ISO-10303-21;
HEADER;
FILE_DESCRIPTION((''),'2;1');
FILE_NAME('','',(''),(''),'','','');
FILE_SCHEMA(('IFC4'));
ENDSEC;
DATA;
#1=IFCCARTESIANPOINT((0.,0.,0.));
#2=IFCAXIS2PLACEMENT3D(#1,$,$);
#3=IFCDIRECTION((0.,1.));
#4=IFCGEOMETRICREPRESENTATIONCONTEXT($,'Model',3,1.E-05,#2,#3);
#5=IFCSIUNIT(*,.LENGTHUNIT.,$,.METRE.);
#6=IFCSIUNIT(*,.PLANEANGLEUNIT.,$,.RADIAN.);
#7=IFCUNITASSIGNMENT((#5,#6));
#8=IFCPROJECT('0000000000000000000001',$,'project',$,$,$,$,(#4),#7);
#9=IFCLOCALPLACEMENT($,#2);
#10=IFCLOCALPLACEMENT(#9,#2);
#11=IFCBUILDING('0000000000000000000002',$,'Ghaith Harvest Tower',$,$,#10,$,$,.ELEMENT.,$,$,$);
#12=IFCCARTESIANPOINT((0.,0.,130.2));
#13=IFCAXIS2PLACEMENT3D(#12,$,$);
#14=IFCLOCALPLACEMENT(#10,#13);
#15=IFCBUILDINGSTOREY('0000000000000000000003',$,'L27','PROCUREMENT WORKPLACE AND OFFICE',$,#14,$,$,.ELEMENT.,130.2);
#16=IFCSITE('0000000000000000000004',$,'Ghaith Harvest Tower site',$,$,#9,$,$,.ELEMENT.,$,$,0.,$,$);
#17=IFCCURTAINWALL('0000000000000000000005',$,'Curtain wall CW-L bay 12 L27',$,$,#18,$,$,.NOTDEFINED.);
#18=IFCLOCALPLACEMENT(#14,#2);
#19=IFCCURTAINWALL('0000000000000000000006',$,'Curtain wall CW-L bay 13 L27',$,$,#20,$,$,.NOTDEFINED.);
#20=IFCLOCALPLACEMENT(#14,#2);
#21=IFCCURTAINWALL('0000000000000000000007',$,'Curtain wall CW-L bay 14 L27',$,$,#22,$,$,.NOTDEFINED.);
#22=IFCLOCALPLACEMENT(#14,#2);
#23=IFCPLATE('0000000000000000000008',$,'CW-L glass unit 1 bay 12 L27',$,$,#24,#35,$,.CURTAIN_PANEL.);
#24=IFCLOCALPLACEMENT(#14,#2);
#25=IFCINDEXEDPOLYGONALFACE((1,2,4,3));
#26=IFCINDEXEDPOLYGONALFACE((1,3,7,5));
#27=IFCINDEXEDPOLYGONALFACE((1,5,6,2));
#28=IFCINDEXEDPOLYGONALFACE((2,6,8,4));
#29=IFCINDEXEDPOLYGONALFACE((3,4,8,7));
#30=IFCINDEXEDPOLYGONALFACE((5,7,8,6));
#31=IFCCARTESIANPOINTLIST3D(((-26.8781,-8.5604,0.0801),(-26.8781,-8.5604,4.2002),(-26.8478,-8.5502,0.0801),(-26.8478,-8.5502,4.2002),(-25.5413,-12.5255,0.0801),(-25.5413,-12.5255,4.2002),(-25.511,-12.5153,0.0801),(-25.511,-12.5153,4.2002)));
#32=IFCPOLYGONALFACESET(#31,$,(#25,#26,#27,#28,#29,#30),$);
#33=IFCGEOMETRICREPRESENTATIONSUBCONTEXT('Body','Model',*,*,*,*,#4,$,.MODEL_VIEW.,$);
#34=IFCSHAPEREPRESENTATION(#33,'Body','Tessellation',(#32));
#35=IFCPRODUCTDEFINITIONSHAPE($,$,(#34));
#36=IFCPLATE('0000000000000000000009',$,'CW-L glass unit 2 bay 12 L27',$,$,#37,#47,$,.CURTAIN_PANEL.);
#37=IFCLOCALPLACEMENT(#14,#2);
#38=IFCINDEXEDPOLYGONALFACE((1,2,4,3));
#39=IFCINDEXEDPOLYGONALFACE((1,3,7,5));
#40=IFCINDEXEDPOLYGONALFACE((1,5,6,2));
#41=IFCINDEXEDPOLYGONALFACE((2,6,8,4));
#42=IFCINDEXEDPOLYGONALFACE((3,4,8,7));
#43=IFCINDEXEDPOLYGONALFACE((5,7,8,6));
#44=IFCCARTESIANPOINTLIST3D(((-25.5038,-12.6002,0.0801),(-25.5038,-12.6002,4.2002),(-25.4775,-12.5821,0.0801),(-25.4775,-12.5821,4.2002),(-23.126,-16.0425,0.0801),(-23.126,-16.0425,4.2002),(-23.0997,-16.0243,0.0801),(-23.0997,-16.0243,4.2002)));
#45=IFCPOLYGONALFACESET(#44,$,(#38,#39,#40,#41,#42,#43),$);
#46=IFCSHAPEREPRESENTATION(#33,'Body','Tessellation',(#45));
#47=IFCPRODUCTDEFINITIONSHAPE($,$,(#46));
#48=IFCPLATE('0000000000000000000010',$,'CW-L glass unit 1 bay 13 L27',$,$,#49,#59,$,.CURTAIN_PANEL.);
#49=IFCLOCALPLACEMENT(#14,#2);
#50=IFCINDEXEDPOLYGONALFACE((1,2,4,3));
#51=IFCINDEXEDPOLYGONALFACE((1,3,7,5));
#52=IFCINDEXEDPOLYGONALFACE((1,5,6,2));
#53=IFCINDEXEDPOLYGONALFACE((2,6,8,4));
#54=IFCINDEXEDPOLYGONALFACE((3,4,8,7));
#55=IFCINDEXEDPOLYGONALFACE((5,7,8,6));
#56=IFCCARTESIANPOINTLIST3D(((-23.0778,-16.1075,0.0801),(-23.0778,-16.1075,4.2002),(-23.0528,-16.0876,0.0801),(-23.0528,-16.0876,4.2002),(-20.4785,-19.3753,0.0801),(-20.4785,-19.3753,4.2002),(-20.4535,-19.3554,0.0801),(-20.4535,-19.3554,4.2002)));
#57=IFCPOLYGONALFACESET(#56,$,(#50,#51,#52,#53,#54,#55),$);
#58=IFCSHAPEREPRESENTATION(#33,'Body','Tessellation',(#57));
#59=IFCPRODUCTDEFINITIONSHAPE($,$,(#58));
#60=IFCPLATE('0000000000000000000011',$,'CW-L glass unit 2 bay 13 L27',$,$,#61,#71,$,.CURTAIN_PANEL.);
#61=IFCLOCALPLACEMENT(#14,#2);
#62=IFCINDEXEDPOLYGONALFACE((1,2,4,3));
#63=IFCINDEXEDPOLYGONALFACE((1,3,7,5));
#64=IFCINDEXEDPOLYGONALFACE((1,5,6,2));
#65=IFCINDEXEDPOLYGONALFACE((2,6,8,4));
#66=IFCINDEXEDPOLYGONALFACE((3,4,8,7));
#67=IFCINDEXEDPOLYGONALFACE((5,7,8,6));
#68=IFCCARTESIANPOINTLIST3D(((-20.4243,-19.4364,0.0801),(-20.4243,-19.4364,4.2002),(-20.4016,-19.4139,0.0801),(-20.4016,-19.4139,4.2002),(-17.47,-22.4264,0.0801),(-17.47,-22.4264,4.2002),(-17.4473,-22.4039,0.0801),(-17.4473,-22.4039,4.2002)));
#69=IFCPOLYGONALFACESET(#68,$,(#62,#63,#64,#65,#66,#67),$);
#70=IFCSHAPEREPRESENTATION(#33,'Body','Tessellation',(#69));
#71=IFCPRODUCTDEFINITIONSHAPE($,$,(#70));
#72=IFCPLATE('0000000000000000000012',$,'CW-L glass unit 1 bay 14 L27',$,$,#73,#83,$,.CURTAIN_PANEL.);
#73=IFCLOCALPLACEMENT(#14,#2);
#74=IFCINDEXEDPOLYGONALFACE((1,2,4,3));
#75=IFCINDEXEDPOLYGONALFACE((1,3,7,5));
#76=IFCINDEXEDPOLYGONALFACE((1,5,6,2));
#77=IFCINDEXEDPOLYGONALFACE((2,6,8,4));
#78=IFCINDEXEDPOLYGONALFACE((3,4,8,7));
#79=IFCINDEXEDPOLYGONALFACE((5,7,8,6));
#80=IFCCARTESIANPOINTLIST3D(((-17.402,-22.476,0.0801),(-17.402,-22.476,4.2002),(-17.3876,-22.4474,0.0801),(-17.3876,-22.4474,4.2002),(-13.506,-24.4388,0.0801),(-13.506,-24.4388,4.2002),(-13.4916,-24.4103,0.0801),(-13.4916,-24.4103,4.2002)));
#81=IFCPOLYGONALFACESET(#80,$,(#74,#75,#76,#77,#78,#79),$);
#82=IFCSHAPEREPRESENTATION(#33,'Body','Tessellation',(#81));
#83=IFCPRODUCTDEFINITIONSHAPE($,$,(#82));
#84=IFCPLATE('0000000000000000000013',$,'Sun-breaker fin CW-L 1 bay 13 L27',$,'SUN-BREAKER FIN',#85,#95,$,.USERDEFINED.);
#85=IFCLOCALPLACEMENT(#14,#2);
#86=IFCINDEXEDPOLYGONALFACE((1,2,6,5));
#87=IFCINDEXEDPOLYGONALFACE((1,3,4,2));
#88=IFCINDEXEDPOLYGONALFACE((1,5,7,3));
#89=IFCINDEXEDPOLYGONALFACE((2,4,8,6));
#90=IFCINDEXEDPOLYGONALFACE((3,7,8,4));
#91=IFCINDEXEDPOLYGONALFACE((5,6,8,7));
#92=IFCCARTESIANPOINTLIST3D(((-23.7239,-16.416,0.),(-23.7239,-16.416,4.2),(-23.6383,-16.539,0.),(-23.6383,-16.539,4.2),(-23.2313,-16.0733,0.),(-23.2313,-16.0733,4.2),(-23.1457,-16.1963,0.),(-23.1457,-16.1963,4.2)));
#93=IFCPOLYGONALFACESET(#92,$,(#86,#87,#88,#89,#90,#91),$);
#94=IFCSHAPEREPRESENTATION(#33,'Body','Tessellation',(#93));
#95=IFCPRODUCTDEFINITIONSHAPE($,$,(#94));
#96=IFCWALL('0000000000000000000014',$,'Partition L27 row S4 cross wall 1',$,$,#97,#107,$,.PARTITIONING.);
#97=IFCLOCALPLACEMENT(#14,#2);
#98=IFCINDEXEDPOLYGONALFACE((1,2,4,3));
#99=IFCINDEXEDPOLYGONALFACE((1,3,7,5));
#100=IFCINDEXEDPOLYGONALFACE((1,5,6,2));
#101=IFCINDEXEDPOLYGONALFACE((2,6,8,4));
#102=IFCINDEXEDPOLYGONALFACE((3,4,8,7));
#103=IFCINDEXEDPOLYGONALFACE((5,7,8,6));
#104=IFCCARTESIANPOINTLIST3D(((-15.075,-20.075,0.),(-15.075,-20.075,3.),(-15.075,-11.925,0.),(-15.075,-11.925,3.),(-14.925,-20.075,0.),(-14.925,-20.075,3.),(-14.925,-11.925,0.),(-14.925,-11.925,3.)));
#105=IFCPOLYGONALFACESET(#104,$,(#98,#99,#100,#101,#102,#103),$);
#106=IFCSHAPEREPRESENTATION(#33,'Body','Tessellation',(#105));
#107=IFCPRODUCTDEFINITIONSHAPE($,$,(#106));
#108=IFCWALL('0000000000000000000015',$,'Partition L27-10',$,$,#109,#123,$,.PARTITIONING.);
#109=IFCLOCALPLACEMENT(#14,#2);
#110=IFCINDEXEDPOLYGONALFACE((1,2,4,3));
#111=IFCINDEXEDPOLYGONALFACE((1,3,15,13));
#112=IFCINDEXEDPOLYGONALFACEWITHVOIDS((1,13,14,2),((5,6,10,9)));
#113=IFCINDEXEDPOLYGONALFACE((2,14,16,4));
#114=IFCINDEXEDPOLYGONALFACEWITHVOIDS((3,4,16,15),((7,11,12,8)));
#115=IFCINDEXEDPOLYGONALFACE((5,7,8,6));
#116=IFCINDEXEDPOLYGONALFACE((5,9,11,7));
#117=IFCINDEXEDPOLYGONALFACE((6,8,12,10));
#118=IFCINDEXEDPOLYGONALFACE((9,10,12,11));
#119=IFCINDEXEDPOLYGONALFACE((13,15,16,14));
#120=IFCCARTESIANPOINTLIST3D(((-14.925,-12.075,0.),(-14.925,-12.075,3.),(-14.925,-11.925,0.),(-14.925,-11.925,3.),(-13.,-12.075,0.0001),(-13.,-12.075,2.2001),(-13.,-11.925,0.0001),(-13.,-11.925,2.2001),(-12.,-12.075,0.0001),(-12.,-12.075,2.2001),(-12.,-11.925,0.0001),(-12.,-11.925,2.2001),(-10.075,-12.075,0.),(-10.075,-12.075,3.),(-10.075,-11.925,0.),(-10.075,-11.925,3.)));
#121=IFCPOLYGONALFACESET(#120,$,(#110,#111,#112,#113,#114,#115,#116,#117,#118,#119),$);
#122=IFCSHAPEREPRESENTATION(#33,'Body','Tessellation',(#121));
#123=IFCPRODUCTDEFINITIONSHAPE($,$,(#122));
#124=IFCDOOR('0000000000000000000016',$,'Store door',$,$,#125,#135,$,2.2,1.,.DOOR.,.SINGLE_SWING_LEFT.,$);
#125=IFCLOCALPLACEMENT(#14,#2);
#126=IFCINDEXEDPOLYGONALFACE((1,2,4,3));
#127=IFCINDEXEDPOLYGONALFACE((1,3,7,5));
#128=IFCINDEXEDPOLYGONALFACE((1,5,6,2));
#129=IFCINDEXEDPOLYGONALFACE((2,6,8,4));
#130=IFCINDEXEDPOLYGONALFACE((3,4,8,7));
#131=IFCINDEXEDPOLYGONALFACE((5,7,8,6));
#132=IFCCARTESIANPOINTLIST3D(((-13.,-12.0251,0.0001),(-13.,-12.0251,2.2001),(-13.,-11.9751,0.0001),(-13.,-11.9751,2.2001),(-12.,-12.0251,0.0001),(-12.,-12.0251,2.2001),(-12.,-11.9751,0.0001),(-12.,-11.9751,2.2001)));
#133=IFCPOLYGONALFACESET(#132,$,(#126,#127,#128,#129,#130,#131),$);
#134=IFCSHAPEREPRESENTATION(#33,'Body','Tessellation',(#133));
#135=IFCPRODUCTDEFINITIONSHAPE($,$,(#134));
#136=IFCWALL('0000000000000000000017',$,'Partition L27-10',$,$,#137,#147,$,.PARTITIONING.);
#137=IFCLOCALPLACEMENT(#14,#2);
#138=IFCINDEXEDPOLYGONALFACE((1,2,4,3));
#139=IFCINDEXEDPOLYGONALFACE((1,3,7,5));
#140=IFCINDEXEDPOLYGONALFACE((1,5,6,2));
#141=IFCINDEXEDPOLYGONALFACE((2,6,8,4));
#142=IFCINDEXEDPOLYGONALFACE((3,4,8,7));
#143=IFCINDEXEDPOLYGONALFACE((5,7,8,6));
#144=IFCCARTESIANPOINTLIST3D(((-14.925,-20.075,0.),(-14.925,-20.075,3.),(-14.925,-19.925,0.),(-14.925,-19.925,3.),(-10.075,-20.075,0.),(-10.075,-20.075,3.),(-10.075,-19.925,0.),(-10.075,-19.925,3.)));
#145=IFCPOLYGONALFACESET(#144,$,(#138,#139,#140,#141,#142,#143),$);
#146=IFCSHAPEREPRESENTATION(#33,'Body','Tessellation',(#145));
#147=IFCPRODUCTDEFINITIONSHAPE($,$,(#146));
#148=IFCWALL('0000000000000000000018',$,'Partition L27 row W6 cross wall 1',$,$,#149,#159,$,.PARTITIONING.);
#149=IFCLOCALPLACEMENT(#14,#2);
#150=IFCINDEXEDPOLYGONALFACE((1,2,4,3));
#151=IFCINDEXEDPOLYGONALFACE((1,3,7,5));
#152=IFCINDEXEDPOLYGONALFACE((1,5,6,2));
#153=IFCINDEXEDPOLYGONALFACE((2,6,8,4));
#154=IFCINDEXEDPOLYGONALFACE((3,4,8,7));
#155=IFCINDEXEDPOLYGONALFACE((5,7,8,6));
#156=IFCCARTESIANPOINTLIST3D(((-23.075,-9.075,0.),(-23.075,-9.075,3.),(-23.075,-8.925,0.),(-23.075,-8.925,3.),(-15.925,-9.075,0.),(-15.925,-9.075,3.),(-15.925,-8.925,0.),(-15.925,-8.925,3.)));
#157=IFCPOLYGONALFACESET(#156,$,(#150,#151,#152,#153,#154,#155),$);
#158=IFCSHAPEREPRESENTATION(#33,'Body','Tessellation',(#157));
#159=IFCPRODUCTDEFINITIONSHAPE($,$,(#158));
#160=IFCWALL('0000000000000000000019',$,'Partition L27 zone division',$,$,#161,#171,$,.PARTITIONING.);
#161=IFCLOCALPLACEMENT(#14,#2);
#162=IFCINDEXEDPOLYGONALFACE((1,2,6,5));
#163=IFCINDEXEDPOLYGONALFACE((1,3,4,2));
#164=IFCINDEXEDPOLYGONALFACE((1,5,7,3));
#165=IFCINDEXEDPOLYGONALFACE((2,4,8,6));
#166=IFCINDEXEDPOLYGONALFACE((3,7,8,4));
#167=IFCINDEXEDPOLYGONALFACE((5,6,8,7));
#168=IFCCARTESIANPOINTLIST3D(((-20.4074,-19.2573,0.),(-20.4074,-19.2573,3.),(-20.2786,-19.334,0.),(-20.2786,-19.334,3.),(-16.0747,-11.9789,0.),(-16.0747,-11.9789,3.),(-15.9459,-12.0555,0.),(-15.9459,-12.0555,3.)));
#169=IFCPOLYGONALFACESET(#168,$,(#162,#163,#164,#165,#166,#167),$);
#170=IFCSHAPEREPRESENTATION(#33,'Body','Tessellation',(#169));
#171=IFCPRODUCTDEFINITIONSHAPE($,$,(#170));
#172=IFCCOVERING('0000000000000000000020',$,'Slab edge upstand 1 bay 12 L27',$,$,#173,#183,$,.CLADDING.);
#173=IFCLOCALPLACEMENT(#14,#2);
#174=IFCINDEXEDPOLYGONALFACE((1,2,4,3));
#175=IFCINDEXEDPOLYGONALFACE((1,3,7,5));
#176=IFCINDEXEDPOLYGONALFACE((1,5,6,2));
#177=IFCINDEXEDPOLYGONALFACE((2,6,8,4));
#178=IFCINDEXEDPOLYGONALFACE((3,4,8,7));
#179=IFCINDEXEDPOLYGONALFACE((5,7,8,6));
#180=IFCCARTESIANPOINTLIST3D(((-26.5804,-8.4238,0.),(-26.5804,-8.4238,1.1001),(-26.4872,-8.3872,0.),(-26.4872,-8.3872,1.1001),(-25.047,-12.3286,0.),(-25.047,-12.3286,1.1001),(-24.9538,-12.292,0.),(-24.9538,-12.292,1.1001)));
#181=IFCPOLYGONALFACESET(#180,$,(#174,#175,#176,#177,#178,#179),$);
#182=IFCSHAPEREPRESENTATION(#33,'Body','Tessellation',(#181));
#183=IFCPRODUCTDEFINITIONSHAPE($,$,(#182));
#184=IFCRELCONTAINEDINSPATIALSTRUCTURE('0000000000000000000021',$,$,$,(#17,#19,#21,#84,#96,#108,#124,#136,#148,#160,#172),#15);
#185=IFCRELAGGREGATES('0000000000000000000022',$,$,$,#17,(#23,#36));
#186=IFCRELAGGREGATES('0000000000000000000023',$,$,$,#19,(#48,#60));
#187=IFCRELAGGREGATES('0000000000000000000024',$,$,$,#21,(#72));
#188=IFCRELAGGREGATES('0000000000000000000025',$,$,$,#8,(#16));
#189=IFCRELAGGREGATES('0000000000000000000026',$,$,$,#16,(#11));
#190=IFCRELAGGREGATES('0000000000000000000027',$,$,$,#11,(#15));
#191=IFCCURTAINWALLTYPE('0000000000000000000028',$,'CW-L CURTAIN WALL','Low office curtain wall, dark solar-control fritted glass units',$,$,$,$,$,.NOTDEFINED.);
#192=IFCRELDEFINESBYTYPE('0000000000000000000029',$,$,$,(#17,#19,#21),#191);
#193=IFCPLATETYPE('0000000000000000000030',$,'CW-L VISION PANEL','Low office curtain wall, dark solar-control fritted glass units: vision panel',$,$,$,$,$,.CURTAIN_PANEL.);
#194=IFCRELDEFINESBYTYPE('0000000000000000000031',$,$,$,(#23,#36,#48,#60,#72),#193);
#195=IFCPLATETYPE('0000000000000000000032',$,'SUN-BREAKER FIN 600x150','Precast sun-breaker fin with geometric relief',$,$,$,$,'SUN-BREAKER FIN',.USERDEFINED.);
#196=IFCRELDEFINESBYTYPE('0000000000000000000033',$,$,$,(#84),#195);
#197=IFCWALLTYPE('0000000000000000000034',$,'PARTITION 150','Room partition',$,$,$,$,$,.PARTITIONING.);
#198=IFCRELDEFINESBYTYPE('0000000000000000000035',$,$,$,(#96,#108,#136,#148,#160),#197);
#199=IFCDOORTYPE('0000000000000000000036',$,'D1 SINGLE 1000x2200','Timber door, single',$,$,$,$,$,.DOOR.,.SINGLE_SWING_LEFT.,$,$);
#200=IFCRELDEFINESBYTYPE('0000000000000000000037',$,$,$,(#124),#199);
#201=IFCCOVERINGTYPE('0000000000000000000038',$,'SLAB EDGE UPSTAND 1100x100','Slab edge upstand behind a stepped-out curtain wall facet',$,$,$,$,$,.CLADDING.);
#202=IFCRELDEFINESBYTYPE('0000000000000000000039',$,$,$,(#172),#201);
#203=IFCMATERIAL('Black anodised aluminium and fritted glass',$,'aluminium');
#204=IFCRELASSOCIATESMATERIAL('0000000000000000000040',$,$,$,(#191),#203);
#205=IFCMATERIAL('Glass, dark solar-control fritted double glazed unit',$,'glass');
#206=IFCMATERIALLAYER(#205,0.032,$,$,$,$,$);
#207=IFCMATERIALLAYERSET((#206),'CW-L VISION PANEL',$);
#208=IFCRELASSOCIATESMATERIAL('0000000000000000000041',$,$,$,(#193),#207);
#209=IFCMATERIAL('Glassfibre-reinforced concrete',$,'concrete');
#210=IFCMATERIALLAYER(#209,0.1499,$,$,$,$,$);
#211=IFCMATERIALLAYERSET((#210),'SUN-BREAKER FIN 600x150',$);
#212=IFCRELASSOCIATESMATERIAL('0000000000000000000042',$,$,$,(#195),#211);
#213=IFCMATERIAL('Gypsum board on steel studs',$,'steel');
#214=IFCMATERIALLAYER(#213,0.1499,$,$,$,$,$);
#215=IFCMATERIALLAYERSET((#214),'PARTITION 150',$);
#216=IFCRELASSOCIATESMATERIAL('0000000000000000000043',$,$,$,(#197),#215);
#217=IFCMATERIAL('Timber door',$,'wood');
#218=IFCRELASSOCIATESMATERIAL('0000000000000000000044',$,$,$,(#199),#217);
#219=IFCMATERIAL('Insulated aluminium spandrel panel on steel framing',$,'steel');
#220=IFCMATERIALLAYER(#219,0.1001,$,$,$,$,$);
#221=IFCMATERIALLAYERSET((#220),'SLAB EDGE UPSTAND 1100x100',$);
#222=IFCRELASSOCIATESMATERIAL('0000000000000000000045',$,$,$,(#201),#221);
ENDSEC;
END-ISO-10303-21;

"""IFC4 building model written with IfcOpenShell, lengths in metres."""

from ifc_helpers import new_model, si_unit, direction, frame, frame_2d, origin, origin_2d, place, context, subcontext, project, spatial, rectangle, extrude, material, layer, layer_set, type_object, element, fill, aggregate, save


model = new_model("IFC4")

# Units and contexts
model_context = context("Model", 3, precision=1e-05, world=origin(), true_north=direction((0.0, 1.0)))
body_context = subcontext(model_context, "Body", "Model", "MODEL_VIEW")
ifc_project = project(units=[si_unit("LENGTHUNIT", "METRE"), si_unit("PLANEANGLEUNIT", "RADIAN")], contexts=[model_context])

# Site, building, storey
site_placement = place(None, origin())
site = spatial("IfcSite", under=ifc_project, at=site_placement, Name="Ghaith Harvest Tower site", CompositionType="ELEMENT", RefElevation=0.0)
building_placement = place(site_placement, origin())
building = spatial("IfcBuilding", under=site, at=building_placement, Name="Ghaith Harvest Tower", CompositionType="ELEMENT")
storey_placement = place(building_placement, frame((0.0, 0.0, 130.2)))
storey = spatial("IfcBuildingStorey", under=building, at=storey_placement, Name="L27", Description="PROCUREMENT WORKPLACE AND OFFICE", CompositionType="ELEMENT", Elevation=130.2)

# Curtain wall
ifc_material_1 = material(Name="Black anodised aluminium and fritted glass", Category="aluminium")
curtain_wall_type = type_object("IfcCurtainWallType", Name="CW-L CURTAIN WALL", Description="Low office curtain wall, dark solar-control fritted glass units", PredefinedType="NOTDEFINED", material=ifc_material_1)
curtain_wall_1_placement = place(storey_placement, origin())
curtain_wall_1 = element("IfcCurtainWall", 1, at=curtain_wall_1_placement, inside=storey, type_object=curtain_wall_type, Name="Curtain wall CW-L bay 12 L27", PredefinedType="NOTDEFINED")

# Curtain wall
curtain_wall_2_placement = place(storey_placement, origin())
curtain_wall_2 = element("IfcCurtainWall", 2, at=curtain_wall_2_placement, inside=storey, type_object=curtain_wall_type, Name="Curtain wall CW-L bay 13 L27", PredefinedType="NOTDEFINED")

# Curtain wall
curtain_wall_3_placement = place(storey_placement, origin())
curtain_wall_3 = element("IfcCurtainWall", 3, at=curtain_wall_3_placement, inside=storey, type_object=curtain_wall_type, Name="Curtain wall CW-L bay 14 L27", PredefinedType="NOTDEFINED")

# Plates
ifc_material_2 = material(Name="Glass, dark solar-control fritted double glazed unit", Category="glass")
ifc_layer_1 = layer(ifc_material_2, 0.032)
ifc_layer_set_1 = layer_set([ifc_layer_1], Name="CW-L VISION PANEL")
plate_type_1 = type_object("IfcPlateType", Name="CW-L VISION PANEL", Description="Low office curtain wall, dark solar-control fritted glass units: vision panel", PredefinedType="CURTAIN_PANEL", material=ifc_layer_set_1)
plate_1_placement = place(storey_placement, frame((-26.1946, -10.5378, 0.0801), z_axis=(0.0, 0.0, 1.0), x_axis=(0.319477, -0.947594, 0.0)))
plate_1 = element("IfcPlate", 4, at=plate_1_placement, type_object=plate_type_1, Name="CW-L glass unit 1 bay 12 L27", PredefinedType="CURTAIN_PANEL", context=body_context, shape_type="SweptSolid", body=[
    extrude(rectangle(XDim=4.1843, YDim=0.032, at=origin_2d()), origin(), (0.0, 0.0, 1.0), 4.1201),
])
plate_2_placement = place(storey_placement, frame((-24.3018, -14.3123, 0.0801), z_axis=(0.0, 0.0, 1.0), x_axis=(0.568348, -0.822788, 0.0)))
plate_2 = element("IfcPlate", 5, at=plate_2_placement, type_object=plate_type_1, Name="CW-L glass unit 2 bay 12 L27", PredefinedType="CURTAIN_PANEL", context=body_context, shape_type="SweptSolid", body=[
    extrude(rectangle(XDim=4.1836, YDim=0.032, at=origin_2d()), origin(), (0.0, 0.0, 1.0), 4.1201),
])
aggregate(curtain_wall_1, [plate_1, plate_2])
plate_3_placement = place(storey_placement, frame((-21.7656, -17.7314, 0.0801), z_axis=(0.0, 0.0, 1.0), x_axis=(0.622507, -0.782614, 0.0)))
plate_3 = element("IfcPlate", 6, at=plate_3_placement, type_object=plate_type_1, Name="CW-L glass unit 1 bay 13 L27", PredefinedType="CURTAIN_PANEL", context=body_context, shape_type="SweptSolid", body=[
    extrude(rectangle(XDim=4.1755, YDim=0.032, at=origin_2d()), origin(), (0.0, 0.0, 1.0), 4.1201),
])
plate_4_placement = place(storey_placement, frame((-18.9358, -20.9202, 0.0801), z_axis=(0.0, 0.0, 1.0), x_axis=(0.702843, -0.711345, 0.0)))
plate_4 = element("IfcPlate", 7, at=plate_4_placement, type_object=plate_type_1, Name="CW-L glass unit 2 bay 13 L27", PredefinedType="CURTAIN_PANEL", context=body_context, shape_type="SweptSolid", body=[
    extrude(rectangle(XDim=4.2034, YDim=0.032, at=origin_2d()), origin(), (0.0, 0.0, 1.0), 4.1201),
])
aggregate(curtain_wall_2, [plate_3, plate_4])
plate_5_placement = place(storey_placement, frame((-15.4468, -23.4431, 0.0801), z_axis=(0.0, 0.0, 1.0), x_axis=(0.893062, -0.449933, 0.0)))
plate_5 = element("IfcPlate", 8, at=plate_5_placement, type_object=plate_type_1, Name="CW-L glass unit 1 bay 14 L27", PredefinedType="CURTAIN_PANEL", context=body_context, shape_type="SweptSolid", body=[
    extrude(rectangle(XDim=4.3625, YDim=0.032, at=origin_2d()), origin(), (0.0, 0.0, 1.0), 4.1201),
])
aggregate(curtain_wall_3, [plate_5])
ifc_material_3 = material(Name="Glassfibre-reinforced concrete", Category="concrete")
ifc_layer_2 = layer(ifc_material_3, 0.1499)
ifc_layer_set_2 = layer_set([ifc_layer_2], Name="SUN-BREAKER FIN 600x150")
plate_type_2 = type_object("IfcPlateType", Name="SUN-BREAKER FIN 600x150", Description="Precast sun-breaker fin with geometric relief", ElementType="SUN-BREAKER FIN", PredefinedType="USERDEFINED", material=ifc_layer_set_2)
plate_6_placement = place(storey_placement, frame((-23.4348, -16.3062, 0.0), z_axis=(0.0, 0.0, 1.0), x_axis=(-0.820845, -0.57115, 0.0)))
element("IfcPlate", 9, at=plate_6_placement, inside=storey, type_object=plate_type_2, Name="Sun-breaker fin CW-L 1 bay 13 L27", ObjectType="SUN-BREAKER FIN", PredefinedType="USERDEFINED", context=body_context, shape_type="SweptSolid", body=[
    extrude(rectangle(XDim=0.6001, YDim=0.1499, at=origin_2d()), origin(), (0.0, 0.0, 1.0), 4.2),
])

# Wall
ifc_material_4 = material(Name="Gypsum board on steel studs", Category="steel")
ifc_layer_3 = layer(ifc_material_4, 0.1499)
ifc_layer_set_3 = layer_set([ifc_layer_3], Name="PARTITION 150")
wall_type_1 = type_object("IfcWallType", Name="PARTITION 150", Description="Room partition", PredefinedType="PARTITIONING", material=ifc_layer_set_3)
wall_1_placement = place(storey_placement, frame((-15.0, -11.925, 0.0), z_axis=(0.0, 0.0, 1.0), x_axis=(0.0, -1.0, 0.0)))
element("IfcWall", 10, at=wall_1_placement, inside=storey, type_object=wall_type_1, Name="Partition L27 row S4 cross wall 1", PredefinedType="PARTITIONING", context=body_context, shape_type="SweptSolid", body=[
    extrude(rectangle(XDim=8.1499, YDim=0.1499, at=frame_2d((4.075, 0.0))), origin(), (0.0, 0.0, 1.0), 3.0),
])

# Wall, opening, door
wall_2_placement = place(storey_placement, frame((-14.925, -12.0, 0.0), z_axis=(0.0, 0.0, 1.0), x_axis=(1.0, 0.0, 0.0)))
wall_2 = element("IfcWall", 11, at=wall_2_placement, inside=storey, type_object=wall_type_1, Name="Partition L27-10", PredefinedType="PARTITIONING", context=body_context, shape_type="SweptSolid", body=[
    extrude(rectangle(XDim=4.8501, YDim=0.1499, at=frame_2d((2.425, 0.0))), origin(), (0.0, 0.0, 1.0), 3.0),
])
opening_1_placement = place(wall_2_placement, frame((1.925, 0.0, 0.0)))
opening_1 = element("IfcOpeningElement", 12, at=opening_1_placement, cuts=wall_2, PredefinedType="OPENING", context=body_context, shape_type="SweptSolid", body=[
    extrude(rectangle(XDim=1.0, YDim=2.2, at=frame_2d((0.5, 1.1001))), frame((0.0, 0.085, 0.0), z_axis=(0.0, -1.0, 0.0), x_axis=(1.0, 0.0, 0.0)), (0.0, 0.0, 1.0), 0.1699),
])
ifc_material_5 = material(Name="Timber door", Category="wood")
door_type_1 = type_object("IfcDoorType", Name="D1 SINGLE 1000x2200", Description="Timber door, single", OperationType="SINGLE_SWING_LEFT", PredefinedType="DOOR", material=ifc_material_5)
door_1_placement = place(opening_1_placement, origin())
door_1 = element("IfcDoor", 13, at=door_1_placement, inside=storey, type_object=door_type_1, Name="Store door", OperationType="SINGLE_SWING_LEFT", OverallHeight=2.2, OverallWidth=1.0, PredefinedType="DOOR", context=body_context, shape_type="SweptSolid", body=[
    extrude(rectangle(XDim=1.0, YDim=2.2, at=frame_2d((0.5, 1.1001))), frame((0.0, 0.0249, 0.0), z_axis=(0.0, -1.0, 0.0), x_axis=(1.0, 0.0, 0.0)), (0.0, 0.0, 1.0), 0.05),
])
fill(opening_1, door_1)

# Walls
wall_3_placement = place(storey_placement, frame((-14.925, -20.0, 0.0), z_axis=(0.0, 0.0, 1.0), x_axis=(1.0, 0.0, 0.0)))
element("IfcWall", 14, at=wall_3_placement, inside=storey, type_object=wall_type_1, Name="Partition L27-10", PredefinedType="PARTITIONING", context=body_context, shape_type="SweptSolid", body=[
    extrude(rectangle(XDim=4.8501, YDim=0.1499, at=frame_2d((2.425, 0.0))), origin(), (0.0, 0.0, 1.0), 3.0),
])
wall_4_placement = place(storey_placement, frame((-15.925, -9.0, 0.0), z_axis=(0.0, 0.0, 1.0), x_axis=(-1.0, 0.0, 0.0)))
element("IfcWall", 15, at=wall_4_placement, inside=storey, type_object=wall_type_1, Name="Partition L27 row W6 cross wall 1", PredefinedType="PARTITIONING", context=body_context, shape_type="SweptSolid", body=[
    extrude(rectangle(XDim=7.1499, YDim=0.1499, at=frame_2d((3.575, 0.0))), origin(), (0.0, 0.0, 1.0), 3.0),
])
wall_5_placement = place(storey_placement, frame((-16.0103, -12.0171, 0.0), z_axis=(0.0, 0.0, 1.0), x_axis=(-0.511509, -0.859278, 0.0)))
element("IfcWall", 16, at=wall_5_placement, inside=storey, type_object=wall_type_1, Name="Partition L27 zone division", PredefinedType="PARTITIONING", context=body_context, shape_type="SweptSolid", body=[
    extrude(rectangle(XDim=8.4705, YDim=0.1499, at=frame_2d((4.2354, 0.0))), origin(), (0.0, 0.0, 1.0), 3.0),
])

# Covering
ifc_material_6 = material(Name="Insulated aluminium spandrel panel on steel framing", Category="steel")
ifc_layer_4 = layer(ifc_material_6, 0.1001)
ifc_layer_set_4 = layer_set([ifc_layer_4], Name="SLAB EDGE UPSTAND 1100x100")
covering_type = type_object("IfcCoveringType", Name="SLAB EDGE UPSTAND 1100x100", Description="Slab edge upstand behind a stepped-out curtain wall facet", PredefinedType="CLADDING", material=ifc_layer_set_4)
covering_1_placement = place(storey_placement, frame((-25.7671, -10.3579, 0.0), z_axis=(0.0, 0.0, 1.0), x_axis=(0.365515, -0.930805, 0.0)))
element("IfcCovering", 17, at=covering_1_placement, inside=storey, type_object=covering_type, Name="Slab edge upstand 1 bay 12 L27", PredefinedType="CLADDING", context=body_context, shape_type="SweptSolid", body=[
    extrude(rectangle(XDim=4.1951, YDim=0.1001, at=origin_2d()), origin(), (0.0, 0.0, 1.0), 1.1001),
])

save(model, "model.ifc")
